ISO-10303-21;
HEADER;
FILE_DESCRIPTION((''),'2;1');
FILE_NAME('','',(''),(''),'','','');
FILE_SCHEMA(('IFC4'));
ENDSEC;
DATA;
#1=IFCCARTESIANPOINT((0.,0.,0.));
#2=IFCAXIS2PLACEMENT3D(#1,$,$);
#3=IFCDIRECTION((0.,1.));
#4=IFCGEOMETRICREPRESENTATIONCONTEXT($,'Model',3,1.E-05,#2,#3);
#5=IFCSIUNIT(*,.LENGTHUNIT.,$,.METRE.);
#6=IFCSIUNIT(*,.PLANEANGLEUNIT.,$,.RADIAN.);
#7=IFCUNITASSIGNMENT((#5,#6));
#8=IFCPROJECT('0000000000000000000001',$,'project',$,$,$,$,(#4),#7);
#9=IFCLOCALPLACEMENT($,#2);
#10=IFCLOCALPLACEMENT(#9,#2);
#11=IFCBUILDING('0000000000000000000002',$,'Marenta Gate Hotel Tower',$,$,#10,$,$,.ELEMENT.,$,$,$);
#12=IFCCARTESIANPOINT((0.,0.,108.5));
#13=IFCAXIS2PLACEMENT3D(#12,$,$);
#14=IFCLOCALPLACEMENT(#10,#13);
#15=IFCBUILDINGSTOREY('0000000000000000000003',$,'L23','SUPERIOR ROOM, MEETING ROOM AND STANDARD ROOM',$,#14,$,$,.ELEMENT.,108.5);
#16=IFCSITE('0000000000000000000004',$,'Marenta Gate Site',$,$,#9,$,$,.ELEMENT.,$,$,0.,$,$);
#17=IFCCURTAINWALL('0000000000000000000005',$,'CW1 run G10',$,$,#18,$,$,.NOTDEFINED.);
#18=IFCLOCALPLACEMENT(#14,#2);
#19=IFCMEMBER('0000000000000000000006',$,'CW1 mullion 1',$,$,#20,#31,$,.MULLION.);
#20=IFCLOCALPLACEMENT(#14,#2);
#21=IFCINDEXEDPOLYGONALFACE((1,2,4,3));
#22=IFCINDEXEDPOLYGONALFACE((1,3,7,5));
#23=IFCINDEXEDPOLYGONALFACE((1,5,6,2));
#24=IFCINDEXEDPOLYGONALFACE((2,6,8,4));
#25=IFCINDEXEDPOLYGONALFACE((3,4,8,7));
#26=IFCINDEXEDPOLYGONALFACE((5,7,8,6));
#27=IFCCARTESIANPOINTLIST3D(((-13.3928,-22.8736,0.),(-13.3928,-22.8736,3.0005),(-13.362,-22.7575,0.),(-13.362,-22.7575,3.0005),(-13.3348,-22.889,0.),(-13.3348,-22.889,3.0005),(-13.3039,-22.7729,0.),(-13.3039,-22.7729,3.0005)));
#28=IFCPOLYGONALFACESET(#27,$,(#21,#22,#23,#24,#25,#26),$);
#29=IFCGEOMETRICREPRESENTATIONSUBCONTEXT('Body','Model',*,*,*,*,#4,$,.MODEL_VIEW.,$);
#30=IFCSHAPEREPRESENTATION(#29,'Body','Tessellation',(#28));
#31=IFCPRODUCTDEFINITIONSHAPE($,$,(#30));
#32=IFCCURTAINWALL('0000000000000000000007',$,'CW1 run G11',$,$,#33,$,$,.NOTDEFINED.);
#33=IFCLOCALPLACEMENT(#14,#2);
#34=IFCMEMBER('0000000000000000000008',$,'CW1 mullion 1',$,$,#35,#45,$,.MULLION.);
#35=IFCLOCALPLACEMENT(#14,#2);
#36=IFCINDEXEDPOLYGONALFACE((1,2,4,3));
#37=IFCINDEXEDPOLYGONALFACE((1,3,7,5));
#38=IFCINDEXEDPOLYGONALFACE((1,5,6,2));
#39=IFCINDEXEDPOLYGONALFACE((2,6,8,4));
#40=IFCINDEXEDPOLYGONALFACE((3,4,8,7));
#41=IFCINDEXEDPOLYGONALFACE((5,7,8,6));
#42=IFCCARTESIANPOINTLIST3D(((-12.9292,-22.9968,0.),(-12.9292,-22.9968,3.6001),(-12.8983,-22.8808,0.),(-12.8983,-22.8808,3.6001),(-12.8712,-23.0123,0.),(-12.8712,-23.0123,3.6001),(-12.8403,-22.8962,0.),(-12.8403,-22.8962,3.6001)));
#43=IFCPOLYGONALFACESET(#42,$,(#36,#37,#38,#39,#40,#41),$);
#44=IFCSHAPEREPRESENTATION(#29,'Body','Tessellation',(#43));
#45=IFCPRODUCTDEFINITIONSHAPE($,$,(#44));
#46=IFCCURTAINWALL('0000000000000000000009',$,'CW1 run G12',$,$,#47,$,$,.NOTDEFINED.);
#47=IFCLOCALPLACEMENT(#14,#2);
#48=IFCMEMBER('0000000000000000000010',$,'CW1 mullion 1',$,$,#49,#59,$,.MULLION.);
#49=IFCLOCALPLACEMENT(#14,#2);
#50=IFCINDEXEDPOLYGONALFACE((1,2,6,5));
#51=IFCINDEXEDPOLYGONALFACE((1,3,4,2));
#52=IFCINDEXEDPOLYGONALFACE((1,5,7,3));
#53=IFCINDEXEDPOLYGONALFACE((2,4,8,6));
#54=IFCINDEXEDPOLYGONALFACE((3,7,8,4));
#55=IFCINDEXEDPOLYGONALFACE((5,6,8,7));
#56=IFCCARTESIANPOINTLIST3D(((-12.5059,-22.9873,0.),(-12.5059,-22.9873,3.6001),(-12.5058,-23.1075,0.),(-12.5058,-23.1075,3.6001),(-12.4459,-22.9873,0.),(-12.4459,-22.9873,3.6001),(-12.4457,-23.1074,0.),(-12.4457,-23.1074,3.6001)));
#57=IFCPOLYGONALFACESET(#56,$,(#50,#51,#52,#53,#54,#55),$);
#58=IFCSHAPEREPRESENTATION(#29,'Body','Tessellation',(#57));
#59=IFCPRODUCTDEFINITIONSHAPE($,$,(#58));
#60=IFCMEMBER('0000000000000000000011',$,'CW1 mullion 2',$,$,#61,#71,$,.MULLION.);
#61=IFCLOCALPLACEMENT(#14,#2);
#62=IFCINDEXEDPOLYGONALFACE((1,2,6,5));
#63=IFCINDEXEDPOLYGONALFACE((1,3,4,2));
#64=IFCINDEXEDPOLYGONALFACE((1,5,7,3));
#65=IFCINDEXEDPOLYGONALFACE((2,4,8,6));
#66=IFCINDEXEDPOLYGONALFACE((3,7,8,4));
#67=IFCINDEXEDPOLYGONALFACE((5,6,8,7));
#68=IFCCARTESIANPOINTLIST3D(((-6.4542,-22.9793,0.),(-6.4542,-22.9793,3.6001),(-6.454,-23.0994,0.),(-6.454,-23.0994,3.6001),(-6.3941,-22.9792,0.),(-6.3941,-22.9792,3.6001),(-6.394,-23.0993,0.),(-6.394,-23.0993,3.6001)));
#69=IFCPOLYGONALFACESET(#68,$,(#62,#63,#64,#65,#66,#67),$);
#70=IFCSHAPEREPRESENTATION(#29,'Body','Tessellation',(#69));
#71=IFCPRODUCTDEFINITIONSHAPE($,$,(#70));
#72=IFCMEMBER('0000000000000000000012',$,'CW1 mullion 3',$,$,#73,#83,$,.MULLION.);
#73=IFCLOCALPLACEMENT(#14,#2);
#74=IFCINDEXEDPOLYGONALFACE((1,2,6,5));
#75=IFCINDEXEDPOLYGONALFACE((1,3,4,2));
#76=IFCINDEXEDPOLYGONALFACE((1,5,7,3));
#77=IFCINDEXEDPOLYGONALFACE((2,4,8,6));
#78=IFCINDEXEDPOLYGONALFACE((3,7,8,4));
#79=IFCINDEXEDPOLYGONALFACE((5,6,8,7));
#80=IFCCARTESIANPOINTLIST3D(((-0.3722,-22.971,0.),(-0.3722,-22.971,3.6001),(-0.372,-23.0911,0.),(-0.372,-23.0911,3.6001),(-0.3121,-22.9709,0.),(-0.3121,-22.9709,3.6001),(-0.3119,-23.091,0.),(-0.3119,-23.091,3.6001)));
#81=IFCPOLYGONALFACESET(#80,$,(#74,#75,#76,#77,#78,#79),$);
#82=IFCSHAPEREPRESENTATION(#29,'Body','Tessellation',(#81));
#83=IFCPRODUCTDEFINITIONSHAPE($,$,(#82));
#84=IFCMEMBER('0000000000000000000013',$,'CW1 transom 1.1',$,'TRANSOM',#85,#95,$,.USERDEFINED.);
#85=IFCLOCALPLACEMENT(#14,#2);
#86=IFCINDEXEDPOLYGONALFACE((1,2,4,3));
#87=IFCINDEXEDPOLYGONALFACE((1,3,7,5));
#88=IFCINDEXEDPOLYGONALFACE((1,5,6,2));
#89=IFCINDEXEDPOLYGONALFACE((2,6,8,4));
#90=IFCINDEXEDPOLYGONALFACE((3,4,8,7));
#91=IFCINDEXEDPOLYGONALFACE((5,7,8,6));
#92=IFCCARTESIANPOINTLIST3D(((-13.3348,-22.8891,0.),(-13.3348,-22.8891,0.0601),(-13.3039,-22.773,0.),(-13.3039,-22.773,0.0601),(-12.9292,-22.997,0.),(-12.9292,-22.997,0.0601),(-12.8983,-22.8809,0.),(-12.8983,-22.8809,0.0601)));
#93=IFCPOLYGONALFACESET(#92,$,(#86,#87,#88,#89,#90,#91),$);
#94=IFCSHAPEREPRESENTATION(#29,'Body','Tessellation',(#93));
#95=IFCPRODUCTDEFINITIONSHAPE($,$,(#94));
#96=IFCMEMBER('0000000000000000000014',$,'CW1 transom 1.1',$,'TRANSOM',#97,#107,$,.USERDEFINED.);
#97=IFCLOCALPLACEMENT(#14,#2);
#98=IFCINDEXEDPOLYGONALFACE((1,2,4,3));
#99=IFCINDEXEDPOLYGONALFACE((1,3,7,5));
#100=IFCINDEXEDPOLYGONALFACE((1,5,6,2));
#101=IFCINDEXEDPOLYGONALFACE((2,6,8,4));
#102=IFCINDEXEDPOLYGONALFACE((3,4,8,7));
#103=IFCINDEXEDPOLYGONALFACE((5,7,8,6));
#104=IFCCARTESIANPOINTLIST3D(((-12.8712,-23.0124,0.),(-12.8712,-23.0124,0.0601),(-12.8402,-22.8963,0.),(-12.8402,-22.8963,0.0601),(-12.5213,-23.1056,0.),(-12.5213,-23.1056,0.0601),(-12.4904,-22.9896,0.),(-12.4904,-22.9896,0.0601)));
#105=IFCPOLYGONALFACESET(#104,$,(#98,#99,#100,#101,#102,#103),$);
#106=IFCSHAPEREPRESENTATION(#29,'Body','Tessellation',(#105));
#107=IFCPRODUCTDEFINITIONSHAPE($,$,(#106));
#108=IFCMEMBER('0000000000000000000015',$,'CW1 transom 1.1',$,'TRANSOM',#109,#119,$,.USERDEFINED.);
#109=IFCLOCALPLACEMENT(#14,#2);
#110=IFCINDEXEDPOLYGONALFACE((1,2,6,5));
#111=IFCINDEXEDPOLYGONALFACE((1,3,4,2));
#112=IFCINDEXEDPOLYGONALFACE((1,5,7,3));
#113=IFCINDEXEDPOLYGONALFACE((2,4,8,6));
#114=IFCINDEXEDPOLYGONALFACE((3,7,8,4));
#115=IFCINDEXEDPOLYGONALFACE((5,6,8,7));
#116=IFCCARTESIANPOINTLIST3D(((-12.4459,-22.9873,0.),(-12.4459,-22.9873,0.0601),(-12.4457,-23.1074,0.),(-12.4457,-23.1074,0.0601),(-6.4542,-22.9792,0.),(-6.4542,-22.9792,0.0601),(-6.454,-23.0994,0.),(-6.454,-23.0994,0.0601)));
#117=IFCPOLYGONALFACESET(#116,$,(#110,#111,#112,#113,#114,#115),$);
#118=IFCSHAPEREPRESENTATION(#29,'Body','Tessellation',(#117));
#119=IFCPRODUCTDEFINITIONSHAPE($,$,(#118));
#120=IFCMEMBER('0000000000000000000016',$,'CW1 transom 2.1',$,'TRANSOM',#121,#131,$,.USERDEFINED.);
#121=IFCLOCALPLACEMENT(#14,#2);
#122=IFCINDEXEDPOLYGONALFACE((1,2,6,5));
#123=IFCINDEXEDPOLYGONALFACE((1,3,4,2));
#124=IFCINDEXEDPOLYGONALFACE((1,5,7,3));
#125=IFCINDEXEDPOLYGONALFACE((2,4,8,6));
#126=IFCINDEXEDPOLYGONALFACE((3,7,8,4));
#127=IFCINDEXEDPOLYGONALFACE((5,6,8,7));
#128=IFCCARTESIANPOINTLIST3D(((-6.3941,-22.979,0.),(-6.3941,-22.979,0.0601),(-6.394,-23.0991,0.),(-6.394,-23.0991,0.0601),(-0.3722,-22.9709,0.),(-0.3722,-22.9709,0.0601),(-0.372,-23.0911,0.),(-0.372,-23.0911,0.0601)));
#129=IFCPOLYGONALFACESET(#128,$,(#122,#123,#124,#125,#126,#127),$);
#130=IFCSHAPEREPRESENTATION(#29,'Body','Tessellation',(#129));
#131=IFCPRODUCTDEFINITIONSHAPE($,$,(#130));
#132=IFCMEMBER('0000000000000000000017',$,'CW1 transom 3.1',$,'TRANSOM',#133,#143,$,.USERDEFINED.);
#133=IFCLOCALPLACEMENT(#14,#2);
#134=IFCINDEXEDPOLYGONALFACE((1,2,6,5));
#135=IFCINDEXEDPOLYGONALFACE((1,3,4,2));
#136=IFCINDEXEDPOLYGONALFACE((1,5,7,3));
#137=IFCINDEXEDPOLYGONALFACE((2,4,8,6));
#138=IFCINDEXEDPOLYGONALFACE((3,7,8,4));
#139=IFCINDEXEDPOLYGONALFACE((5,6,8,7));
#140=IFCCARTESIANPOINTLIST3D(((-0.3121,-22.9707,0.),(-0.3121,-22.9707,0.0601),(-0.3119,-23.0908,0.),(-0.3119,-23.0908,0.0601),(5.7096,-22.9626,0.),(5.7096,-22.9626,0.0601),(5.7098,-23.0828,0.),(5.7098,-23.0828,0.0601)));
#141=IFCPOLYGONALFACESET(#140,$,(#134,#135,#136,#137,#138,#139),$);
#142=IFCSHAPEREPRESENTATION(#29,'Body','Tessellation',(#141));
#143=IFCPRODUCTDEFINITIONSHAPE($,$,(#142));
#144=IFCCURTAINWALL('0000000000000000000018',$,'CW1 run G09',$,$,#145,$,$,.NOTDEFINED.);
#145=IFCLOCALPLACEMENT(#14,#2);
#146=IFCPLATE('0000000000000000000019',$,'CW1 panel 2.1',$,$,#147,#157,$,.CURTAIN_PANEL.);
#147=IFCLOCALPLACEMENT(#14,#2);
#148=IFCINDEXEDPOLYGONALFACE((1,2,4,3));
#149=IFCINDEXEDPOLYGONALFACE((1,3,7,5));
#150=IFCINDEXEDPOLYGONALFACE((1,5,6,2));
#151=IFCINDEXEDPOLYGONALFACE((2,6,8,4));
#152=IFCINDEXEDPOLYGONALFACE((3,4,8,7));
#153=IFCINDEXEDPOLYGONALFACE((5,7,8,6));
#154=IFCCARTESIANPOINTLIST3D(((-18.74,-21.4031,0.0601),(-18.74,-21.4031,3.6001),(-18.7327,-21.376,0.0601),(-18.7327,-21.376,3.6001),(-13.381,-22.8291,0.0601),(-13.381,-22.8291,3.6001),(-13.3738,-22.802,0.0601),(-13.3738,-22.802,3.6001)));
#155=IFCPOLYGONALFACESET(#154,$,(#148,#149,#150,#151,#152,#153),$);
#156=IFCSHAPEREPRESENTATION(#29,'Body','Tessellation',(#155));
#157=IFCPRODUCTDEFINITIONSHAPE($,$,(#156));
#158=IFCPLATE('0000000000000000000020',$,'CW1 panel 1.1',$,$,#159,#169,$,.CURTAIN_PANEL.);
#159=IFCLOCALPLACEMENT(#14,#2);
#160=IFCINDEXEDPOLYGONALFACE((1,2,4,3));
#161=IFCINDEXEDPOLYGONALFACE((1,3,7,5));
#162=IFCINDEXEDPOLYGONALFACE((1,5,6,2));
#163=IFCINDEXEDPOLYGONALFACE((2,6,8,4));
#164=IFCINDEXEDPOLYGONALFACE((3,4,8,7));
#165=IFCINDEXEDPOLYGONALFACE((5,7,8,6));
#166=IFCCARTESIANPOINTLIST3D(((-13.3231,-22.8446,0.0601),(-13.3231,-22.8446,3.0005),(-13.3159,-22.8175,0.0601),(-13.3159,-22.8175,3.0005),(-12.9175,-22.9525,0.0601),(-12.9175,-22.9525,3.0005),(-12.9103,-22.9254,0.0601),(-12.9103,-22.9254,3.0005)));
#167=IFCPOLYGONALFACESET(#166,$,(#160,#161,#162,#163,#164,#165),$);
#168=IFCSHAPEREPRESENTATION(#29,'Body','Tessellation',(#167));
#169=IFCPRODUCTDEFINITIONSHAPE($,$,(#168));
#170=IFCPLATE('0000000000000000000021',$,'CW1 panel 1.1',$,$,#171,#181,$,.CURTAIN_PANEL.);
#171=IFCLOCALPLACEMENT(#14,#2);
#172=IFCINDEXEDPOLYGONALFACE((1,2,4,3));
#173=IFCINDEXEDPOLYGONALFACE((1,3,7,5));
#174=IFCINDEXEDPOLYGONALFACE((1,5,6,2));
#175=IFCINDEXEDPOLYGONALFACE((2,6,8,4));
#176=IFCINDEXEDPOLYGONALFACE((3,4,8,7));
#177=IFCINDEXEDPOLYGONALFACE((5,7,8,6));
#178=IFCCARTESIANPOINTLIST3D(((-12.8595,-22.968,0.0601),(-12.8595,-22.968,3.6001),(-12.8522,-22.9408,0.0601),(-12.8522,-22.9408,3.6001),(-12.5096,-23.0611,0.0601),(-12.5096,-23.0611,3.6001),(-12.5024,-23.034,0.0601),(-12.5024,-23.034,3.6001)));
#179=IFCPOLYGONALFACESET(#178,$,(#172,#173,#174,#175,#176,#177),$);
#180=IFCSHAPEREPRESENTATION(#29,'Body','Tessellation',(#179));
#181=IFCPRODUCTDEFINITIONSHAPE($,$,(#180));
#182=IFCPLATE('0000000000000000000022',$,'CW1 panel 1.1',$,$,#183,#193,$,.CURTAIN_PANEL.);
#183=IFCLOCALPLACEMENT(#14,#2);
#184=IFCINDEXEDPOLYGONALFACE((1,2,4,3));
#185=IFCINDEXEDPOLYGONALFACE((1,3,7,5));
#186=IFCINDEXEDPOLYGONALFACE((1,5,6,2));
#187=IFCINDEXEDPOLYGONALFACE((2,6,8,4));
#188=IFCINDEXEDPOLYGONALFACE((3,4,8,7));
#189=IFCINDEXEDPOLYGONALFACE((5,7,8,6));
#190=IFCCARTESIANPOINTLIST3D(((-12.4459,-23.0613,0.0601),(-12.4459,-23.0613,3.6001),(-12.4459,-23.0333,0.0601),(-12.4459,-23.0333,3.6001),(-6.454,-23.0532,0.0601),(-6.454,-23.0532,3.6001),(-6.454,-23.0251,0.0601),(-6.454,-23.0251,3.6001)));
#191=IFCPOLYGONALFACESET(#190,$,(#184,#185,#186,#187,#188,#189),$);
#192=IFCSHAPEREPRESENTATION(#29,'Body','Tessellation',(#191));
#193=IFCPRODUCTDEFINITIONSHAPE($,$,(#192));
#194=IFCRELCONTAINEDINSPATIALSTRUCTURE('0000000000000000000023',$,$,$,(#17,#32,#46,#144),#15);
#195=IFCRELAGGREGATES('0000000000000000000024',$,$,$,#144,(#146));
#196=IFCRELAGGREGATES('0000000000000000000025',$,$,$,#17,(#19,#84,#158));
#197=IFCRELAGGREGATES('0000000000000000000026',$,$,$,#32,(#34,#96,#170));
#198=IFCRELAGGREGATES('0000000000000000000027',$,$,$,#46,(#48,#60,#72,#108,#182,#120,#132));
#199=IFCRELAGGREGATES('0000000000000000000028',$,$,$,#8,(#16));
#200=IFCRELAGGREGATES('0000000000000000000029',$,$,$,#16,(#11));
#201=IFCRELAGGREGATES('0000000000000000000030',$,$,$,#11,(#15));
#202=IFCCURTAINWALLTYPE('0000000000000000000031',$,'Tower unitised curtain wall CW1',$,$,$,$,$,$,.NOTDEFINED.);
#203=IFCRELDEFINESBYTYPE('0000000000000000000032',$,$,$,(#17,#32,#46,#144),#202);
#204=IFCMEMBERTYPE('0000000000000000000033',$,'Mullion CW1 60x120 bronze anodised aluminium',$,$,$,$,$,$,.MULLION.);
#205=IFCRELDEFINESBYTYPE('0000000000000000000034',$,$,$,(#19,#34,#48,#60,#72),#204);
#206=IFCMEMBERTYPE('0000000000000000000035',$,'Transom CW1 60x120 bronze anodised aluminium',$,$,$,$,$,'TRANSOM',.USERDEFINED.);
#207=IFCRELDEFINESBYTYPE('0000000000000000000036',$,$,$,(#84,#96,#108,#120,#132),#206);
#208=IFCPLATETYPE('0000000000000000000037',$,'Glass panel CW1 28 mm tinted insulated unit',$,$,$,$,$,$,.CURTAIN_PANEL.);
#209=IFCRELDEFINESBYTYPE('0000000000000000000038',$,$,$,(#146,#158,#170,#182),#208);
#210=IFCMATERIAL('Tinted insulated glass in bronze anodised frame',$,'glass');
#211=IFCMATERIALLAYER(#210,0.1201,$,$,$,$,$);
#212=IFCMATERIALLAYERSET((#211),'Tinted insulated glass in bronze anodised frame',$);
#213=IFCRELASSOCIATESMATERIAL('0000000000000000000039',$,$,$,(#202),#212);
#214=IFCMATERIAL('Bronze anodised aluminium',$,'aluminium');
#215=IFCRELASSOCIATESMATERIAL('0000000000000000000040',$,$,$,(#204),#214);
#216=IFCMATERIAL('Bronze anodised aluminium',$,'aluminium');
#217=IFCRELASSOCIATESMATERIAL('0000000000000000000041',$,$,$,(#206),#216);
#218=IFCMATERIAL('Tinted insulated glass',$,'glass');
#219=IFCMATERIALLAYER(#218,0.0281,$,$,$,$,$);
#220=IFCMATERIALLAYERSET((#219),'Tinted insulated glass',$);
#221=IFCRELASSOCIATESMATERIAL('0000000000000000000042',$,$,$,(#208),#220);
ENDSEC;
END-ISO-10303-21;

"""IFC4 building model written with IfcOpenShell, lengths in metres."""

from ifc_helpers import new_model, si_unit, direction, frame, origin, origin_2d, place, context, subcontext, project, spatial, rectangle, extrude, material, layer, layer_set, material_profile, profile_set, type_object, element, aggregate, save


model = new_model("IFC4")

# Units and contexts
model_context = context("Model", 3, precision=1e-05, world=origin(), true_north=direction((0.0, 1.0)))
body_context = subcontext(model_context, "Body", "Model", "MODEL_VIEW")
ifc_project = project(units=[si_unit("LENGTHUNIT", "METRE"), si_unit("PLANEANGLEUNIT", "RADIAN")], contexts=[model_context])

# Site, building, storey
site_placement = place(None, origin())
site = spatial("IfcSite", under=ifc_project, at=site_placement, Name="Marenta Gate Site", CompositionType="ELEMENT", RefElevation=0.0)
building_placement = place(site_placement, origin())
building = spatial("IfcBuilding", under=site, at=building_placement, Name="Marenta Gate Hotel Tower", CompositionType="ELEMENT")
storey_placement = place(building_placement, frame((0.0, 0.0, 108.5)))
storey = spatial("IfcBuildingStorey", under=building, at=storey_placement, Name="L23", Description="SUPERIOR ROOM, MEETING ROOM AND STANDARD ROOM", CompositionType="ELEMENT", Elevation=108.5)

# Curtain walls, members
ifc_material_1 = material(Name="Tinted insulated glass in bronze anodised frame", Category="glass")
ifc_layer_1 = layer(ifc_material_1, 0.1201)
ifc_layer_set_1 = layer_set([ifc_layer_1], Name="Tinted insulated glass in bronze anodised frame")
curtain_wall_type = type_object("IfcCurtainWallType", Name="Tower unitised curtain wall CW1", PredefinedType="NOTDEFINED", material=ifc_layer_set_1)
curtain_wall_1_placement = place(storey_placement, origin())
curtain_wall_1 = element("IfcCurtainWall", 1, at=curtain_wall_1_placement, inside=storey, type_object=curtain_wall_type, Name="CW1 run G10", PredefinedType="NOTDEFINED")
ifc_material_2 = material(Name="Bronze anodised aluminium", Category="aluminium")
ifc_material_profile_1 = material_profile(ifc_material_2, rectangle(XDim=0.1201, YDim=0.0601, at=origin_2d()), Name="Mullion CW1 60x120 bronze anodised aluminium")
ifc_profile_set_1 = profile_set([ifc_material_profile_1], Name="Bronze anodised aluminium")
member_type_1 = type_object("IfcMemberType", Name="Mullion CW1 60x120 bronze anodised aluminium", PredefinedType="MULLION", material=ifc_profile_set_1)
member_1_placement = place(storey_placement, frame((-13.3484, -22.8232, 0.0), z_axis=(0.0, 0.0, 1.0), x_axis=(0.257027, 0.966404, 0.0)))
member_1 = element("IfcMember", 2, at=member_1_placement, type_object=member_type_1, Name="CW1 mullion 1", PredefinedType="MULLION", context=body_context, shape_type="SweptSolid", body=[
    extrude(rectangle(XDim=0.1201, YDim=0.0601, at=origin_2d()), origin(), (0.0, 0.0, 1.0), 3.0005),
])
curtain_wall_2_placement = place(storey_placement, origin())
curtain_wall_2 = element("IfcCurtainWall", 3, at=curtain_wall_2_placement, inside=storey, type_object=curtain_wall_type, Name="CW1 run G11", PredefinedType="NOTDEFINED")
member_2_placement = place(storey_placement, frame((-12.8848, -22.9465, 0.0), z_axis=(0.0, 0.0, 1.0), x_axis=(0.257279, 0.966337, 0.0)))
member_2 = element("IfcMember", 4, at=member_2_placement, type_object=member_type_1, Name="CW1 mullion 1", PredefinedType="MULLION", context=body_context, shape_type="SweptSolid", body=[
    extrude(rectangle(XDim=0.1201, YDim=0.0601, at=origin_2d()), origin(), (0.0, 0.0, 1.0), 3.6001),
])

# Curtain wall, members
curtain_wall_3_placement = place(storey_placement, origin())
curtain_wall_3 = element("IfcCurtainWall", 5, at=curtain_wall_3_placement, inside=storey, type_object=curtain_wall_type, Name="CW1 run G12", PredefinedType="NOTDEFINED")
member_3_placement = place(storey_placement, frame((-12.4758, -23.0474, 0.0), z_axis=(0.0, 0.0, 1.0), x_axis=(-0.001365, 0.999999, 0.0)))
member_3 = element("IfcMember", 6, at=member_3_placement, type_object=member_type_1, Name="CW1 mullion 1", PredefinedType="MULLION", context=body_context, shape_type="SweptSolid", body=[
    extrude(rectangle(XDim=0.1201, YDim=0.0601, at=origin_2d()), origin(), (0.0, 0.0, 1.0), 3.6001),
])
member_4_placement = place(storey_placement, frame((-6.4241, -23.0393, 0.0), z_axis=(0.0, 0.0, 1.0), x_axis=(-0.001365, 0.999999, 0.0)))
member_4 = element("IfcMember", 7, at=member_4_placement, type_object=member_type_1, Name="CW1 mullion 2", PredefinedType="MULLION", context=body_context, shape_type="SweptSolid", body=[
    extrude(rectangle(XDim=0.1201, YDim=0.0601, at=origin_2d()), origin(), (0.0, 0.0, 1.0), 3.6001),
])
member_5_placement = place(storey_placement, frame((-0.342, -23.031, 0.0), z_axis=(0.0, 0.0, 1.0), x_axis=(-0.001365, 0.999999, 0.0)))
member_5 = element("IfcMember", 8, at=member_5_placement, type_object=member_type_1, Name="CW1 mullion 3", PredefinedType="MULLION", context=body_context, shape_type="SweptSolid", body=[
    extrude(rectangle(XDim=0.1201, YDim=0.0601, at=origin_2d()), origin(), (0.0, 0.0, 1.0), 3.6001),
])

# Members
ifc_material_3 = material(Name="Bronze anodised aluminium", Category="aluminium")
ifc_material_profile_2 = material_profile(ifc_material_3, rectangle(XDim=0.1201, YDim=0.0601, at=origin_2d()), Name="Transom CW1 60x120 bronze anodised aluminium")
ifc_profile_set_2 = profile_set([ifc_material_profile_2], Name="Bronze anodised aluminium")
member_type_2 = type_object("IfcMemberType", Name="Transom CW1 60x120 bronze anodised aluminium", ElementType="TRANSOM", PredefinedType="USERDEFINED", material=ifc_profile_set_2)
member_6_placement = place(storey_placement, frame((-13.3193, -22.8311, 0.03), z_axis=(0.96637, -0.257156, 0.0), x_axis=(0.257156, 0.96637, 0.0)))
member_6 = element("IfcMember", 9, at=member_6_placement, type_object=member_type_2, Name="CW1 transom 1.1", ObjectType="TRANSOM", PredefinedType="USERDEFINED", context=body_context, shape_type="SweptSolid", body=[
    extrude(rectangle(XDim=0.1201, YDim=0.0601, at=origin_2d()), origin(), (0.0, 0.0, 1.0), 0.4197),
])
member_7_placement = place(storey_placement, frame((-12.8557, -22.9543, 0.03), z_axis=(0.966257, -0.257579, 0.0), x_axis=(0.257579, 0.966257, 0.0)))
member_7 = element("IfcMember", 10, at=member_7_placement, type_object=member_type_2, Name="CW1 transom 1.1", ObjectType="TRANSOM", PredefinedType="USERDEFINED", context=body_context, shape_type="SweptSolid", body=[
    extrude(rectangle(XDim=0.1201, YDim=0.0601, at=origin_2d()), origin(), (0.0, 0.0, 1.0), 0.3621),
])
member_8_placement = place(storey_placement, frame((-12.4458, -23.0474, 0.03), z_axis=(0.999999, 0.001345, 0.0), x_axis=(-0.001345, 0.999999, 0.0)))
member_8 = element("IfcMember", 11, at=member_8_placement, type_object=member_type_2, Name="CW1 transom 1.1", ObjectType="TRANSOM", PredefinedType="USERDEFINED", context=body_context, shape_type="SweptSolid", body=[
    extrude(rectangle(XDim=0.1201, YDim=0.0601, at=origin_2d()), origin(), (0.0, 0.0, 1.0), 5.9917),
])
member_9_placement = place(storey_placement, frame((-6.394, -23.0391, 0.03), z_axis=(0.999999, 0.001338, 0.0), x_axis=(-0.001338, 0.999999, 0.0)))
member_9 = element("IfcMember", 12, at=member_9_placement, type_object=member_type_2, Name="CW1 transom 2.1", ObjectType="TRANSOM", PredefinedType="USERDEFINED", context=body_context, shape_type="SweptSolid", body=[
    extrude(rectangle(XDim=0.1201, YDim=0.0601, at=origin_2d()), origin(), (0.0, 0.0, 1.0), 6.022),
])
member_10_placement = place(storey_placement, frame((-0.312, -23.0308, 0.03), z_axis=(0.999999, 0.001338, 0.0), x_axis=(-0.001338, 0.999999, 0.0)))
member_10 = element("IfcMember", 13, at=member_10_placement, type_object=member_type_2, Name="CW1 transom 3.1", ObjectType="TRANSOM", PredefinedType="USERDEFINED", context=body_context, shape_type="SweptSolid", body=[
    extrude(rectangle(XDim=0.1201, YDim=0.0601, at=origin_2d()), origin(), (0.0, 0.0, 1.0), 6.0217),
])

# Curtain wall, plate
curtain_wall_4_placement = place(storey_placement, origin())
curtain_wall_4 = element("IfcCurtainWall", 14, at=curtain_wall_4_placement, inside=storey, type_object=curtain_wall_type, Name="CW1 run G09", PredefinedType="NOTDEFINED")
ifc_material_4 = material(Name="Tinted insulated glass", Category="glass")
ifc_layer_2 = layer(ifc_material_4, 0.0281)
ifc_layer_set_2 = layer_set([ifc_layer_2], Name="Tinted insulated glass")
plate_type = type_object("IfcPlateType", Name="Glass panel CW1 28 mm tinted insulated unit", PredefinedType="CURTAIN_PANEL", material=ifc_layer_set_2)
plate_1_placement = place(storey_placement, frame((-16.0569, -22.1025, 0.0601), z_axis=(0.0, 0.0, 1.0), x_axis=(0.966373, -0.257144, 0.0)))
plate_1 = element("IfcPlate", 15, at=plate_1_placement, type_object=plate_type, Name="CW1 panel 2.1", PredefinedType="CURTAIN_PANEL", context=body_context, shape_type="SweptSolid", body=[
    extrude(rectangle(XDim=5.5454, YDim=0.0281, at=origin_2d()), origin(), (0.0, 0.0, 1.0), 3.54),
])
aggregate(curtain_wall_4, [plate_1])

# Plates
plate_2_placement = place(storey_placement, frame((-13.1167, -22.885, 0.0601), z_axis=(0.0, 0.0, 1.0), x_axis=(0.966404, -0.257027, 0.0)))
plate_2 = element("IfcPlate", 16, at=plate_2_placement, type_object=plate_type, Name="CW1 panel 1.1", PredefinedType="CURTAIN_PANEL", context=body_context, shape_type="SweptSolid", body=[
    extrude(rectangle(XDim=0.4197, YDim=0.0281, at=origin_2d()), origin(), (0.0, 0.0, 1.0), 2.9404),
])
aggregate(curtain_wall_1, [member_1, member_6, plate_2])
plate_3_placement = place(storey_placement, frame((-12.6809, -23.001, 0.0601), z_axis=(0.0, 0.0, 1.0), x_axis=(0.966337, -0.257279, 0.0)))
plate_3 = element("IfcPlate", 17, at=plate_3_placement, type_object=plate_type, Name="CW1 panel 1.1", PredefinedType="CURTAIN_PANEL", context=body_context, shape_type="SweptSolid", body=[
    extrude(rectangle(XDim=0.3621, YDim=0.0281, at=origin_2d()), origin(), (0.0, 0.0, 1.0), 3.54),
])
aggregate(curtain_wall_2, [member_2, member_7, plate_3])
plate_4_placement = place(storey_placement, frame((-9.45, -23.0432, 0.0601), z_axis=(0.0, 0.0, 1.0), x_axis=(0.999999, 0.001365, 0.0)))
plate_4 = element("IfcPlate", 18, at=plate_4_placement, type_object=plate_type, Name="CW1 panel 1.1", PredefinedType="CURTAIN_PANEL", context=body_context, shape_type="SweptSolid", body=[
    extrude(rectangle(XDim=5.9919, YDim=0.0281, at=origin_2d()), origin(), (0.0, 0.0, 1.0), 3.54),
])
aggregate(curtain_wall_3, [member_3, member_4, member_5, member_8, plate_4, member_9, member_10])

save(model, "model.ifc")
